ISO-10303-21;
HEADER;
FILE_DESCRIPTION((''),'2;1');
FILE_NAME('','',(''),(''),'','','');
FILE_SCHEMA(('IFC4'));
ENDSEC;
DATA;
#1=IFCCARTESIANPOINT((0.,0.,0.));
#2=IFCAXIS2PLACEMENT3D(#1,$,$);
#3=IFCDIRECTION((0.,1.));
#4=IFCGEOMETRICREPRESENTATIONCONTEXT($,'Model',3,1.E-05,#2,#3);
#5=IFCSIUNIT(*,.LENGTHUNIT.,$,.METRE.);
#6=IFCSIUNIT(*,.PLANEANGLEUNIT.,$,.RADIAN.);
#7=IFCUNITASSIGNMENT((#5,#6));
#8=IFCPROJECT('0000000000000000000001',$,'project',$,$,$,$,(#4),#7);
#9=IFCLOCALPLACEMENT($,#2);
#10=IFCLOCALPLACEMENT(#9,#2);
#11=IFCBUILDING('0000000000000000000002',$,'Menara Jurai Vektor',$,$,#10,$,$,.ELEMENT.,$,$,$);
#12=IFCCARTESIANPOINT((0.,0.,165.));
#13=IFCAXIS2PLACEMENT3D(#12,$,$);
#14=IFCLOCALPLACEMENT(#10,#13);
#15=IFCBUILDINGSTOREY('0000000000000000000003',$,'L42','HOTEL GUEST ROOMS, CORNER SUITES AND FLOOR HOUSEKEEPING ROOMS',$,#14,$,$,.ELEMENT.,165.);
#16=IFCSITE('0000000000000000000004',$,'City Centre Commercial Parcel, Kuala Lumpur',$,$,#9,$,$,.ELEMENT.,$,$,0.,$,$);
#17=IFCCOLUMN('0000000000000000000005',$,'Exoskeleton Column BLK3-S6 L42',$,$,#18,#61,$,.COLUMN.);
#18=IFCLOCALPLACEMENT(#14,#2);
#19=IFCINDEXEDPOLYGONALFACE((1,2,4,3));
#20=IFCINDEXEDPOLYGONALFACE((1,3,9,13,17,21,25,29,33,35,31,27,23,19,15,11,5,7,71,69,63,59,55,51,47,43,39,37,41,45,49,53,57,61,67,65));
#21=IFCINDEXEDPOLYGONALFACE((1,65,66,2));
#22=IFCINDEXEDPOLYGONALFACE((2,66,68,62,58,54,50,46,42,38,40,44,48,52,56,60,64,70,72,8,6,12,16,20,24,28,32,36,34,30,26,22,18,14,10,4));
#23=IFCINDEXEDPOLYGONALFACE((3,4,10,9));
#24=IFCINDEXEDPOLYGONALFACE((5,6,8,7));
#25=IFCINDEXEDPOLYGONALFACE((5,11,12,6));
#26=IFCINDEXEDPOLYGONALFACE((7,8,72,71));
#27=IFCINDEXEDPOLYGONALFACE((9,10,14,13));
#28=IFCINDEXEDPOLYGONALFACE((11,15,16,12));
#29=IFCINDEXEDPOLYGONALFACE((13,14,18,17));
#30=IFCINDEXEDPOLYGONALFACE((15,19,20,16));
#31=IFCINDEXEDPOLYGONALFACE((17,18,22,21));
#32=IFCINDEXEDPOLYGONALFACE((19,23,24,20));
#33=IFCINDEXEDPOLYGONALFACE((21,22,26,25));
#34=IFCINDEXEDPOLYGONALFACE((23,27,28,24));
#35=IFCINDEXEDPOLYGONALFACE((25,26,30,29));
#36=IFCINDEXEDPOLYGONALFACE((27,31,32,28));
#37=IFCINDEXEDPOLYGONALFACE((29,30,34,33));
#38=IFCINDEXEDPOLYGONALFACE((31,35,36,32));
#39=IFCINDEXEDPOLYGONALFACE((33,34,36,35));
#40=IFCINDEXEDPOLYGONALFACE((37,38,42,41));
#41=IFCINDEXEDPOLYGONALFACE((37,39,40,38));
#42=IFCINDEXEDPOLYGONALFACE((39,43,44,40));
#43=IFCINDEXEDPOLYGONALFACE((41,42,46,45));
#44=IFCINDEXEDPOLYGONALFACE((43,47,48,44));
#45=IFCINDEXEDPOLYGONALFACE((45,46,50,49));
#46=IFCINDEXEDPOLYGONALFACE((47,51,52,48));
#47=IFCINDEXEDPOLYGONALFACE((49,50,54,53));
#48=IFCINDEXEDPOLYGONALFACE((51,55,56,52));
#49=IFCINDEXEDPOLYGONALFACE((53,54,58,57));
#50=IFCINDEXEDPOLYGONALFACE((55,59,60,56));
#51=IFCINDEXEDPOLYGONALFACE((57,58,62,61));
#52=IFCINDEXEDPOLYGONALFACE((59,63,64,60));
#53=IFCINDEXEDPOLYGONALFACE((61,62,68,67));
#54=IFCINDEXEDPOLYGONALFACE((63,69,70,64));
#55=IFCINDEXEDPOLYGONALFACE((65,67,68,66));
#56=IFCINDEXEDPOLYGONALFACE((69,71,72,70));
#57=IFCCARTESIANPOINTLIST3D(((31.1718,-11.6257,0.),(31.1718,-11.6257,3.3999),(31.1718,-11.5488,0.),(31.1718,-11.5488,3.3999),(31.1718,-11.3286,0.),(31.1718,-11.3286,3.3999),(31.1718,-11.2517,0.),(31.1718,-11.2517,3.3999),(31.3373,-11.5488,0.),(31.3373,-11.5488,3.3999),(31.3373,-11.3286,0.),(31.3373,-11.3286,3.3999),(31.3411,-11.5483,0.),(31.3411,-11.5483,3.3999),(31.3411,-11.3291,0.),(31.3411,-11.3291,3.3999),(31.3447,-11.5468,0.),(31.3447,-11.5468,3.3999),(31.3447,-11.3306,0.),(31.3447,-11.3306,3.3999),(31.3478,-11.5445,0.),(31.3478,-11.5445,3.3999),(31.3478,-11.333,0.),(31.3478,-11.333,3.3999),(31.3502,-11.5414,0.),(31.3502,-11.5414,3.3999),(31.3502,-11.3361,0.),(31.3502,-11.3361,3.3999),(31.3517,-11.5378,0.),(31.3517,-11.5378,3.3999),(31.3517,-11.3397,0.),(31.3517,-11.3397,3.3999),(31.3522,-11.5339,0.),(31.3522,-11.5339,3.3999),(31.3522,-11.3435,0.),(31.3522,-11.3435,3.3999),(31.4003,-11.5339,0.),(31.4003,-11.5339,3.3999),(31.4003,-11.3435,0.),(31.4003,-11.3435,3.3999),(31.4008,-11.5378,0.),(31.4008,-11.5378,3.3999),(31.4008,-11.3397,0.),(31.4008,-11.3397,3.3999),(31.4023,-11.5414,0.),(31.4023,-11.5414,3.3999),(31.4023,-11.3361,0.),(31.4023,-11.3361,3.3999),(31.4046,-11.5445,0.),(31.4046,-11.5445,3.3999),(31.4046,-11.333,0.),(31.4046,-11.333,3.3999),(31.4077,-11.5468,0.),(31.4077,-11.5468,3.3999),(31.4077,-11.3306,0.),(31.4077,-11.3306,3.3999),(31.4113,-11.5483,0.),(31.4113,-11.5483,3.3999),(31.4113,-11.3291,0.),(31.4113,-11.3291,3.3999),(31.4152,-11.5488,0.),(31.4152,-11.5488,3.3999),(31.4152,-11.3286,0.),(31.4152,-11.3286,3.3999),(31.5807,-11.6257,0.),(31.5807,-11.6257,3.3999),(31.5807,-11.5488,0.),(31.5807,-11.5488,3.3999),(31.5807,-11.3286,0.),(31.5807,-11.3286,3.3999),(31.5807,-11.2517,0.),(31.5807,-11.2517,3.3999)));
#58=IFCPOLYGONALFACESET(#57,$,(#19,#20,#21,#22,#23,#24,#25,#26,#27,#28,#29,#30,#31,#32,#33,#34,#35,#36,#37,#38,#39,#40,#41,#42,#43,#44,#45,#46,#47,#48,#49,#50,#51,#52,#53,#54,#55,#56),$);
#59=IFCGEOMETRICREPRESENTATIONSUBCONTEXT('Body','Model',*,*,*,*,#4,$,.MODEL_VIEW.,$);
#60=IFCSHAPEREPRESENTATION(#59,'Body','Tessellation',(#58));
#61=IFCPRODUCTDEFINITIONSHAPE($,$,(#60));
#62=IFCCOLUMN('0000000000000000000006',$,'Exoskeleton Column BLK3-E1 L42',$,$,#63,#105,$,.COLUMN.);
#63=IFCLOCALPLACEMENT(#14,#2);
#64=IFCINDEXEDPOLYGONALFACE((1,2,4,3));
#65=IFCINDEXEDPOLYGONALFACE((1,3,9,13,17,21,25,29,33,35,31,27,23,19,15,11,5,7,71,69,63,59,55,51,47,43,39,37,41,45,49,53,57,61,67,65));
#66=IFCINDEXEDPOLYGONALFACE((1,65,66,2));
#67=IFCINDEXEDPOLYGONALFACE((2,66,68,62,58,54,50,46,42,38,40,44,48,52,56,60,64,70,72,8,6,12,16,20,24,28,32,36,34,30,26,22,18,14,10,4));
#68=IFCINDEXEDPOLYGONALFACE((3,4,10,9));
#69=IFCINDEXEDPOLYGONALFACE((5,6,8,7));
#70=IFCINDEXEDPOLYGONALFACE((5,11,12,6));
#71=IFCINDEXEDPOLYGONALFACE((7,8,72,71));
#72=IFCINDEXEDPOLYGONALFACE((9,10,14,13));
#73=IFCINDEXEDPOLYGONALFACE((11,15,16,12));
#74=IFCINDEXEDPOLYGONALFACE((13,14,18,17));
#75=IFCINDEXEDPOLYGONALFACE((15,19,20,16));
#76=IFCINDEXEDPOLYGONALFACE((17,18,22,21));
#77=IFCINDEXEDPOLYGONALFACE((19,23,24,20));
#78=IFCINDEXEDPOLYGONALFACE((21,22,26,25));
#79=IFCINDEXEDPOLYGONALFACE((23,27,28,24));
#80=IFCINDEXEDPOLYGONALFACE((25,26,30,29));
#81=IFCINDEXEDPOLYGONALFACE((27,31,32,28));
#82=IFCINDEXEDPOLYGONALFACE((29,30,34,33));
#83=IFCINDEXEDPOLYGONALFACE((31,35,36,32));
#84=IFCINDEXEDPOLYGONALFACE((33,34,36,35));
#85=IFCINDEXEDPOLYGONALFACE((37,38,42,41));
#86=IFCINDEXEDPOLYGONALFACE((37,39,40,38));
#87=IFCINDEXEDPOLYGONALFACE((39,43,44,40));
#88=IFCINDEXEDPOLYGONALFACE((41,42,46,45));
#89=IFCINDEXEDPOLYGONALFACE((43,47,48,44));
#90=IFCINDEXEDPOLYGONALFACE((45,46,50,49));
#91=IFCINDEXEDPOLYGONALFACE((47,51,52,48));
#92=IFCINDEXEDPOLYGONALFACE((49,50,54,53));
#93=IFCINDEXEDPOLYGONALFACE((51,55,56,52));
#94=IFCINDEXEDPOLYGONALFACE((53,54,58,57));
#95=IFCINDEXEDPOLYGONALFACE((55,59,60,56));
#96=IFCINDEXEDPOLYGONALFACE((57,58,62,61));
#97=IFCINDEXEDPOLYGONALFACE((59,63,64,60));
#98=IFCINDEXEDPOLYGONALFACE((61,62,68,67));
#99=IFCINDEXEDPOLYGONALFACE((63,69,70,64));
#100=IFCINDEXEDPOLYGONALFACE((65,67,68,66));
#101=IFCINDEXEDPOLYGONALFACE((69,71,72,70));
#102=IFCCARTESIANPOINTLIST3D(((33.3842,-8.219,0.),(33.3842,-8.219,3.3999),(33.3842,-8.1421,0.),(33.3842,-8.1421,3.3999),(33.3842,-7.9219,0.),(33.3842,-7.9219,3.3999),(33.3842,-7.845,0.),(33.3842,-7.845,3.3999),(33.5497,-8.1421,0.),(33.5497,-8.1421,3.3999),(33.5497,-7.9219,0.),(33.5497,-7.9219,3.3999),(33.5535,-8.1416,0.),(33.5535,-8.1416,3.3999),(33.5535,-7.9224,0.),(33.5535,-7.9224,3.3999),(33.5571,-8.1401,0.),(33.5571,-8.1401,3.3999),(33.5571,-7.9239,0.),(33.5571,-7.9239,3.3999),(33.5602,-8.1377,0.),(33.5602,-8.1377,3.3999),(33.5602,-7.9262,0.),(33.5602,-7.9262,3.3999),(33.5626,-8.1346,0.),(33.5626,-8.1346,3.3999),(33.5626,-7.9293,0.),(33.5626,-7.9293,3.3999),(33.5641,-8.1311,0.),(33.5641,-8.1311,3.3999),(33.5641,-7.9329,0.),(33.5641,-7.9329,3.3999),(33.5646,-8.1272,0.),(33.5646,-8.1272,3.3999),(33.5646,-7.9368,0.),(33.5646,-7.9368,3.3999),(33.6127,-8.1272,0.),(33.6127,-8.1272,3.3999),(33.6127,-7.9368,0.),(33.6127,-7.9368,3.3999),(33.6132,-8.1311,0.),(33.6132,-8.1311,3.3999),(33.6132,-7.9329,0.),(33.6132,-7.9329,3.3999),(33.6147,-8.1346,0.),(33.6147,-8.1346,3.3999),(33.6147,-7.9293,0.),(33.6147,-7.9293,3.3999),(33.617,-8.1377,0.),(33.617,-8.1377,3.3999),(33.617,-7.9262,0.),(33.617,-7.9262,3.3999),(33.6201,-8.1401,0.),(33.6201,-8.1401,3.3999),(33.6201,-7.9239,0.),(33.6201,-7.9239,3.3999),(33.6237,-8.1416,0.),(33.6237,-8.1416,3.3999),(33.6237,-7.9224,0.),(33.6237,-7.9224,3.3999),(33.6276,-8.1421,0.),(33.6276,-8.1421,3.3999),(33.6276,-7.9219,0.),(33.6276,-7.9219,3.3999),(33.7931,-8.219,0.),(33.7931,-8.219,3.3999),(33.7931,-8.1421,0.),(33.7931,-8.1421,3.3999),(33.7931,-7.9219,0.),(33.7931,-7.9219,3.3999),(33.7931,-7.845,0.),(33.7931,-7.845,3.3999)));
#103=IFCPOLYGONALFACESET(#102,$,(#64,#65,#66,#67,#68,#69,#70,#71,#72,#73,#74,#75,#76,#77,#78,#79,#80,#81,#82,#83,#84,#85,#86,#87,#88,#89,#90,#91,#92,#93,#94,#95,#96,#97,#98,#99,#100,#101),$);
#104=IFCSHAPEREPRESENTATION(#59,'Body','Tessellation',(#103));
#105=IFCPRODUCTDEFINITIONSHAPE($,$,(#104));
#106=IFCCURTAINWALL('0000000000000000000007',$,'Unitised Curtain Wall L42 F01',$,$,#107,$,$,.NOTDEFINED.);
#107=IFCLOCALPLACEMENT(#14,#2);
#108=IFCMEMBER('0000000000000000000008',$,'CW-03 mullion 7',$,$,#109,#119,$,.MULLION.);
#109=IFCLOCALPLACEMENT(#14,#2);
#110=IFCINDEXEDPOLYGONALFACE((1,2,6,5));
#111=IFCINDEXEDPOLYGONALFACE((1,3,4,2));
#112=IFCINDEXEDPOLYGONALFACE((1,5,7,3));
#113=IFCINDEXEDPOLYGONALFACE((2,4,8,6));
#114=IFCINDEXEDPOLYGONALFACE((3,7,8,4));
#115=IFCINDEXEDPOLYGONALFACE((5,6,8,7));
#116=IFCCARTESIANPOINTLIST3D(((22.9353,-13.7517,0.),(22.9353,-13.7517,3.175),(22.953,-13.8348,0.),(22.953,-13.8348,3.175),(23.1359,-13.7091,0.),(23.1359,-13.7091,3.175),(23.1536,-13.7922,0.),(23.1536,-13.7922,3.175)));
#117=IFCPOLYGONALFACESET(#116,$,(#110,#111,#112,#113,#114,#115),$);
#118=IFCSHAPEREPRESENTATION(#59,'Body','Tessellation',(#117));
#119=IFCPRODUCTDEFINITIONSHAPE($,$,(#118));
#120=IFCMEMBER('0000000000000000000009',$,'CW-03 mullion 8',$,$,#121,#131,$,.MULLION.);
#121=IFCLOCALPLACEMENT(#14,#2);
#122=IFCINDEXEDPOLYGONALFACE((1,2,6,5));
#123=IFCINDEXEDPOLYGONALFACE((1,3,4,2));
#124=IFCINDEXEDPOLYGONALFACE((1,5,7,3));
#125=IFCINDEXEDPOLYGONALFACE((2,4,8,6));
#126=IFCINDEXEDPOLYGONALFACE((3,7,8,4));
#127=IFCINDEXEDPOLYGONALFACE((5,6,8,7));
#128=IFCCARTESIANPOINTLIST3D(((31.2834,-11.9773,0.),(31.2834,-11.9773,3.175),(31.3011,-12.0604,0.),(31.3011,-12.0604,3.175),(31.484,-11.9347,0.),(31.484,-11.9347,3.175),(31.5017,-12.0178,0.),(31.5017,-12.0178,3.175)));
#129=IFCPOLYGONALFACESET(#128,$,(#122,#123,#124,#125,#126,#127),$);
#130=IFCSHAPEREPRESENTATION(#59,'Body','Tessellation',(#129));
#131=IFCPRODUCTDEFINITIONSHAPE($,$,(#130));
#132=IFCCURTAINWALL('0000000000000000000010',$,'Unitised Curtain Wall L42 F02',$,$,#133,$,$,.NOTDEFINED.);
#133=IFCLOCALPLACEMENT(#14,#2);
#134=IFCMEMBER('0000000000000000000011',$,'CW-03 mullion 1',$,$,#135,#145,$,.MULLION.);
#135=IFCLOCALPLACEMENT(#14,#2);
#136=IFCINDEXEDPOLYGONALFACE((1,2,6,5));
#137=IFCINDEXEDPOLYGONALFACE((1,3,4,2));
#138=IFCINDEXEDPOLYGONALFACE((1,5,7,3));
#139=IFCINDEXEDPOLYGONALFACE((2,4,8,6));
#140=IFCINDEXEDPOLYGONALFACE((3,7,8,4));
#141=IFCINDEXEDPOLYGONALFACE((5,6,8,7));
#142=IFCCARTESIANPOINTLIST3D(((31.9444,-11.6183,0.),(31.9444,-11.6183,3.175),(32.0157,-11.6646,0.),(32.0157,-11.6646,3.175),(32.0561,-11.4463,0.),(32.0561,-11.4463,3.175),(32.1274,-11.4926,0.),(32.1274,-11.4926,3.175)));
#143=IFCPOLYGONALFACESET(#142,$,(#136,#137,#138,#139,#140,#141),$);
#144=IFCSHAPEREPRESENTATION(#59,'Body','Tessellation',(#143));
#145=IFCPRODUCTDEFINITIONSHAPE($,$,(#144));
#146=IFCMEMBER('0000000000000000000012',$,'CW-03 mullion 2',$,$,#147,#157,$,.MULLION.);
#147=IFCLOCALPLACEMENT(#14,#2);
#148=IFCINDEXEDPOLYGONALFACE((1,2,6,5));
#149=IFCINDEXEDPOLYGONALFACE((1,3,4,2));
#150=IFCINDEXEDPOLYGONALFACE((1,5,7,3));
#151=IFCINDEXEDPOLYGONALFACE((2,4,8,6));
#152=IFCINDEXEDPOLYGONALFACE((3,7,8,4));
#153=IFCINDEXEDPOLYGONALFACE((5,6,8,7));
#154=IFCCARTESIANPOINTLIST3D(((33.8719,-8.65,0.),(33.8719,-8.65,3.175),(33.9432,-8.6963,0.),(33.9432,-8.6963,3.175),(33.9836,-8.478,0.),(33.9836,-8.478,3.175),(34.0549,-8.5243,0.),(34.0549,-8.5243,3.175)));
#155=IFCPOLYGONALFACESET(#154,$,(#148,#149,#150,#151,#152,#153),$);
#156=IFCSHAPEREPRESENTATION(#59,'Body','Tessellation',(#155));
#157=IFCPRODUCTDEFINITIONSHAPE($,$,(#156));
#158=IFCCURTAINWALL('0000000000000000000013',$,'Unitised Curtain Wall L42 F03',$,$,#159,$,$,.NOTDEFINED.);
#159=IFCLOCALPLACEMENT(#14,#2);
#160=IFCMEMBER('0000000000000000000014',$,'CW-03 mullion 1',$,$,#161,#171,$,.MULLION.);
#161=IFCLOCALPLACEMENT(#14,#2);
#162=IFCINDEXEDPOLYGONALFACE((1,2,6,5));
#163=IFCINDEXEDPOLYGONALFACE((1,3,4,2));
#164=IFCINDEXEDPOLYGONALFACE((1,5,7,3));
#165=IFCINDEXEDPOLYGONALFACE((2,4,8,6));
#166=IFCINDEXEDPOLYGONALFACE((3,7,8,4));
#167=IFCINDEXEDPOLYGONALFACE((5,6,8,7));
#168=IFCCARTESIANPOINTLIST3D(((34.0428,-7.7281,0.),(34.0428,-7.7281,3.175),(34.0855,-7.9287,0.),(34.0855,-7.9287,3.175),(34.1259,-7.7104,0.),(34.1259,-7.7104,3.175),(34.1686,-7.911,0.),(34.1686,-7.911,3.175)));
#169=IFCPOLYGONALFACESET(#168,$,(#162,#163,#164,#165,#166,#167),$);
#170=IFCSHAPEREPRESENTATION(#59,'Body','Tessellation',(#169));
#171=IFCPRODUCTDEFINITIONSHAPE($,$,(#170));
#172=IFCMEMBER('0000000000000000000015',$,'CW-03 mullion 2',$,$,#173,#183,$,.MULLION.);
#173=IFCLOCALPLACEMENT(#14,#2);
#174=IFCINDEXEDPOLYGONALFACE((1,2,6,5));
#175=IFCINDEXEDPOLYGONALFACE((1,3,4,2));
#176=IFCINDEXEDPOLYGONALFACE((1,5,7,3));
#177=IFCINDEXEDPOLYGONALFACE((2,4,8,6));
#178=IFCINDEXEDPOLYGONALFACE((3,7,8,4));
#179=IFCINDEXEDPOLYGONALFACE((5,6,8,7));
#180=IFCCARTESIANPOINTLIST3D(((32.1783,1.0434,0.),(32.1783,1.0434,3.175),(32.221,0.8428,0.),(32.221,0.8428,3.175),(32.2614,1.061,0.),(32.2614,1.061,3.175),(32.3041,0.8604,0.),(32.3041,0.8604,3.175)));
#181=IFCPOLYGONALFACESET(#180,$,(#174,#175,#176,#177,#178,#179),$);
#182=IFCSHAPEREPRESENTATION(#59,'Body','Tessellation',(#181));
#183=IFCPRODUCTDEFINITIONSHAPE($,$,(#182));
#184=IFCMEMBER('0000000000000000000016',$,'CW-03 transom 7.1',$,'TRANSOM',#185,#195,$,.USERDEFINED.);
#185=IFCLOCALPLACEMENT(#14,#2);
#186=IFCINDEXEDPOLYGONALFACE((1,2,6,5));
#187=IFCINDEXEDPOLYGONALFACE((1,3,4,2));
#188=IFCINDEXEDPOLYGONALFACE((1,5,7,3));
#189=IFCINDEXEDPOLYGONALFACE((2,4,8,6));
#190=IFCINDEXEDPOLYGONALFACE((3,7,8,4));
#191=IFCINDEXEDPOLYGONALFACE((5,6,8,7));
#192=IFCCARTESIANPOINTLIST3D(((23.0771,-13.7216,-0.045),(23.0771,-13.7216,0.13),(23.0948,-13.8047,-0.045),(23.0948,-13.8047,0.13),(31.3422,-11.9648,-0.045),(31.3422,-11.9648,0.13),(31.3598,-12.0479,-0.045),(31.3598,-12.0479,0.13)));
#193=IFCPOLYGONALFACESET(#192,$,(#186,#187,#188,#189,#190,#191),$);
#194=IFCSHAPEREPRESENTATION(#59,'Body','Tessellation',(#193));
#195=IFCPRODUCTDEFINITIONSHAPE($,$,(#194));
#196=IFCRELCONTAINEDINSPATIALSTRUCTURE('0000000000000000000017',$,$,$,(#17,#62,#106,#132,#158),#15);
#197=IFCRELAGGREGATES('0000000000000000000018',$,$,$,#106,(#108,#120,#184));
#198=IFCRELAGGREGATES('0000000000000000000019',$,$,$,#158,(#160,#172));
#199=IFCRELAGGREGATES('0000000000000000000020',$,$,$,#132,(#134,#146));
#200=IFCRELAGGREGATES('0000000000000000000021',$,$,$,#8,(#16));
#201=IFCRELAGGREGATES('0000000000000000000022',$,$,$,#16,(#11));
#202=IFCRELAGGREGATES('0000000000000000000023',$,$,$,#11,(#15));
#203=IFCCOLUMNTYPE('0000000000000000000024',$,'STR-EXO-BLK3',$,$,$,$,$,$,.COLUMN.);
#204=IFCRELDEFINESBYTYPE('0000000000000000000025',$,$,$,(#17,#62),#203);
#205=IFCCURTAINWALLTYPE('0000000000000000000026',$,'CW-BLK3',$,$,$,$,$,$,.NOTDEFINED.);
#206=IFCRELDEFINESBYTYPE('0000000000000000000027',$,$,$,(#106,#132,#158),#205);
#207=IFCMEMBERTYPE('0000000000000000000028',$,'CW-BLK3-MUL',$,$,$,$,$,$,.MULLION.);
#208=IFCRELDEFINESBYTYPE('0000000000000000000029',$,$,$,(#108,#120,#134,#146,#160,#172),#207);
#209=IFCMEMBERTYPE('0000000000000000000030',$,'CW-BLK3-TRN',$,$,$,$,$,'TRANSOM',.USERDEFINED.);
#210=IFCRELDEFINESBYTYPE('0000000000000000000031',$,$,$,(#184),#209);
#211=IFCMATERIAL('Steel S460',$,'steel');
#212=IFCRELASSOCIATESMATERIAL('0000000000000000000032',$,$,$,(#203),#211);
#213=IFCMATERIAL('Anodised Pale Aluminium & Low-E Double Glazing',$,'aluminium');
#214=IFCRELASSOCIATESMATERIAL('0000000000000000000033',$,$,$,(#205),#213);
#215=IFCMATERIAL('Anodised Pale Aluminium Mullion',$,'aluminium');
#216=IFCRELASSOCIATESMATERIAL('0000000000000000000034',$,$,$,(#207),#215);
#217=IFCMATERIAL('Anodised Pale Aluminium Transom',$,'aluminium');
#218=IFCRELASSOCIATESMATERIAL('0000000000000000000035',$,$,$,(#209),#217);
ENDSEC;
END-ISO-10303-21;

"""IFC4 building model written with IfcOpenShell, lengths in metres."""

from ifc_helpers import new_model, si_unit, direction, frame, origin, origin_2d, place, context, subcontext, project, spatial, rectangle, i_section, extrude, material, material_profile, profile_set, type_object, element, aggregate, save


model = new_model("IFC4")

# Units and contexts
model_context = context("Model", 3, precision=1e-05, world=origin(), true_north=direction((0.0, 1.0)))
body_context = subcontext(model_context, "Body", "Model", "MODEL_VIEW")
ifc_project = project(units=[si_unit("LENGTHUNIT", "METRE"), si_unit("PLANEANGLEUNIT", "RADIAN")], contexts=[model_context])

# Site, building, storey
site_placement = place(None, origin())
site = spatial("IfcSite", under=ifc_project, at=site_placement, Name="City Centre Commercial Parcel, Kuala Lumpur", CompositionType="ELEMENT", RefElevation=0.0)
building_placement = place(site_placement, origin())
building = spatial("IfcBuilding", under=site, at=building_placement, Name="Menara Jurai Vektor", CompositionType="ELEMENT")
storey_placement = place(building_placement, frame((0.0, 0.0, 165.0)))
storey = spatial("IfcBuildingStorey", under=building, at=storey_placement, Name="L42", Description="HOTEL GUEST ROOMS, CORNER SUITES AND FLOOR HOUSEKEEPING ROOMS", CompositionType="ELEMENT", Elevation=165.0)

# Columns
ifc_material_1 = material(Name="Steel S460", Category="steel")
ifc_material_profile_1 = material_profile(ifc_material_1, i_section(OverallWidth=0.4089, OverallDepth=0.374, WebThickness=0.0481, FlangeThickness=0.0769, FilletRadius=0.0149, at=origin_2d()), Name="HD 400x634")
ifc_profile_set_1 = profile_set([ifc_material_profile_1], Name="Steel S460")
column_type = type_object("IfcColumnType", Name="STR-EXO-BLK3", PredefinedType="COLUMN", material=ifc_profile_set_1)
for number, where, z_axis, x_axis, name in (
    (1, (31.3762, -11.4387, 0.0), (0.0, 0.0, 1.0), (1.0, 0.0, 0.0), "Exoskeleton Column BLK3-S6 L42"),
    (2, (33.5886, -8.032, 0.0), (0.0, 0.0, 1.0), (1.0, 0.0, 0.0), "Exoskeleton Column BLK3-E1 L42"),
):
    element("IfcColumn", number, at=place(storey_placement, frame(where, z_axis=z_axis, x_axis=x_axis)), inside=storey, type_object=column_type, Name=name, PredefinedType="COLUMN", context=body_context, shape_type="SweptSolid", body=[
        extrude(i_section(OverallWidth=0.4089, OverallDepth=0.374, WebThickness=0.0481, FlangeThickness=0.0769, FilletRadius=0.0149, at=origin_2d()), origin(), (0.0, 0.0, 1.0), 3.3999),
    ])

# Curtain walls, members
ifc_material_2 = material(Name="Anodised Pale Aluminium & Low-E Double Glazing", Category="aluminium")
curtain_wall_type = type_object("IfcCurtainWallType", Name="CW-BLK3", PredefinedType="NOTDEFINED", material=ifc_material_2)
curtain_wall_1_placement = place(storey_placement, origin())
curtain_wall_1 = element("IfcCurtainWall", 3, at=curtain_wall_1_placement, inside=storey, type_object=curtain_wall_type, Name="Unitised Curtain Wall L42 F01", PredefinedType="NOTDEFINED")
ifc_material_3 = material(Name="Anodised Pale Aluminium Mullion", Category="aluminium")
ifc_material_profile_2 = material_profile(ifc_material_3, rectangle(XDim=0.085, YDim=0.2051, at=origin_2d()), Name="ALU MUL 85x205")
ifc_profile_set_2 = profile_set([ifc_material_profile_2], Name="Anodised Pale Aluminium Mullion")
member_type_1 = type_object("IfcMemberType", Name="CW-BLK3-MUL", PredefinedType="MULLION", material=ifc_profile_set_2)
member_1_placement = place(storey_placement, frame((23.0444, -13.772, 0.0), z_axis=(0.0, 0.0, 1.0), x_axis=(-0.207911, 0.978148, 0.0)))
member_1 = element("IfcMember", 4, at=member_1_placement, type_object=member_type_1, Name="CW-03 mullion 7", PredefinedType="MULLION", context=body_context, shape_type="SweptSolid", body=[
    extrude(rectangle(XDim=0.085, YDim=0.2051, at=origin_2d()), origin(), (0.0, 0.0, 1.0), 3.175),
])
member_2_placement = place(storey_placement, frame((31.3926, -11.9976, 0.0), z_axis=(0.0, 0.0, 1.0), x_axis=(-0.207911, 0.978148, 0.0)))
member_2 = element("IfcMember", 5, at=member_2_placement, type_object=member_type_1, Name="CW-03 mullion 8", PredefinedType="MULLION", context=body_context, shape_type="SweptSolid", body=[
    extrude(rectangle(XDim=0.085, YDim=0.2051, at=origin_2d()), origin(), (0.0, 0.0, 1.0), 3.175),
])
curtain_wall_2_placement = place(storey_placement, origin())
curtain_wall_2 = element("IfcCurtainWall", 6, at=curtain_wall_2_placement, inside=storey, type_object=curtain_wall_type, Name="Unitised Curtain Wall L42 F02", PredefinedType="NOTDEFINED")
member_3_placement = place(storey_placement, frame((32.0359, -11.5554, 0.0), z_axis=(0.0, 0.0, 1.0), x_axis=(-0.838684, 0.544618, 0.0)))
member_3 = element("IfcMember", 7, at=member_3_placement, type_object=member_type_1, Name="CW-03 mullion 1", PredefinedType="MULLION", context=body_context, shape_type="SweptSolid", body=[
    extrude(rectangle(XDim=0.085, YDim=0.2051, at=origin_2d()), origin(), (0.0, 0.0, 1.0), 3.175),
])
member_4_placement = place(storey_placement, frame((33.9634, -8.5872, 0.0), z_axis=(0.0, 0.0, 1.0), x_axis=(-0.838684, 0.544618, 0.0)))
member_4 = element("IfcMember", 8, at=member_4_placement, type_object=member_type_1, Name="CW-03 mullion 2", PredefinedType="MULLION", context=body_context, shape_type="SweptSolid", body=[
    extrude(rectangle(XDim=0.085, YDim=0.2051, at=origin_2d()), origin(), (0.0, 0.0, 1.0), 3.175),
])
curtain_wall_3_placement = place(storey_placement, origin())
curtain_wall_3 = element("IfcCurtainWall", 9, at=curtain_wall_3_placement, inside=storey, type_object=curtain_wall_type, Name="Unitised Curtain Wall L42 F03", PredefinedType="NOTDEFINED")
member_5_placement = place(storey_placement, frame((34.1057, -7.8196, 0.0), z_axis=(0.0, 0.0, 1.0), x_axis=(-0.978148, -0.20791, 0.0)))
member_5 = element("IfcMember", 10, at=member_5_placement, type_object=member_type_1, Name="CW-03 mullion 1", PredefinedType="MULLION", context=body_context, shape_type="SweptSolid", body=[
    extrude(rectangle(XDim=0.085, YDim=0.2051, at=origin_2d()), origin(), (0.0, 0.0, 1.0), 3.175),
])
member_6_placement = place(storey_placement, frame((32.2412, 0.9519, 0.0), z_axis=(0.0, 0.0, 1.0), x_axis=(-0.978148, -0.20791, 0.0)))
member_6 = element("IfcMember", 11, at=member_6_placement, type_object=member_type_1, Name="CW-03 mullion 2", PredefinedType="MULLION", context=body_context, shape_type="SweptSolid", body=[
    extrude(rectangle(XDim=0.085, YDim=0.2051, at=origin_2d()), origin(), (0.0, 0.0, 1.0), 3.175),
])

# Member
ifc_material_4 = material(Name="Anodised Pale Aluminium Transom", Category="aluminium")
ifc_material_profile_3 = material_profile(ifc_material_4, rectangle(XDim=0.085, YDim=0.175, at=origin_2d()), Name="ALU TRN 85x175")
ifc_profile_set_3 = profile_set([ifc_material_profile_3], Name="Anodised Pale Aluminium Transom")
member_type_2 = type_object("IfcMemberType", Name="CW-BLK3-TRN", ElementType="TRANSOM", PredefinedType="USERDEFINED", material=ifc_profile_set_3)
member_7_placement = place(storey_placement, frame((23.0859, -13.7632, 0.0425), z_axis=(0.978147, 0.207915, 0.0), x_axis=(-0.207915, 0.978147, 0.0)))
member_7 = element("IfcMember", 12, at=member_7_placement, type_object=member_type_2, Name="CW-03 transom 7.1", ObjectType="TRANSOM", PredefinedType="USERDEFINED", context=body_context, shape_type="SweptSolid", body=[
    extrude(rectangle(XDim=0.085, YDim=0.175, at=origin_2d()), origin(), (0.0, 0.0, 1.0), 8.4497),
])

aggregate(curtain_wall_1, [member_1, member_2, member_7])
aggregate(curtain_wall_3, [member_5, member_6])
aggregate(curtain_wall_2, [member_3, member_4])

save(model, "model.ifc")
